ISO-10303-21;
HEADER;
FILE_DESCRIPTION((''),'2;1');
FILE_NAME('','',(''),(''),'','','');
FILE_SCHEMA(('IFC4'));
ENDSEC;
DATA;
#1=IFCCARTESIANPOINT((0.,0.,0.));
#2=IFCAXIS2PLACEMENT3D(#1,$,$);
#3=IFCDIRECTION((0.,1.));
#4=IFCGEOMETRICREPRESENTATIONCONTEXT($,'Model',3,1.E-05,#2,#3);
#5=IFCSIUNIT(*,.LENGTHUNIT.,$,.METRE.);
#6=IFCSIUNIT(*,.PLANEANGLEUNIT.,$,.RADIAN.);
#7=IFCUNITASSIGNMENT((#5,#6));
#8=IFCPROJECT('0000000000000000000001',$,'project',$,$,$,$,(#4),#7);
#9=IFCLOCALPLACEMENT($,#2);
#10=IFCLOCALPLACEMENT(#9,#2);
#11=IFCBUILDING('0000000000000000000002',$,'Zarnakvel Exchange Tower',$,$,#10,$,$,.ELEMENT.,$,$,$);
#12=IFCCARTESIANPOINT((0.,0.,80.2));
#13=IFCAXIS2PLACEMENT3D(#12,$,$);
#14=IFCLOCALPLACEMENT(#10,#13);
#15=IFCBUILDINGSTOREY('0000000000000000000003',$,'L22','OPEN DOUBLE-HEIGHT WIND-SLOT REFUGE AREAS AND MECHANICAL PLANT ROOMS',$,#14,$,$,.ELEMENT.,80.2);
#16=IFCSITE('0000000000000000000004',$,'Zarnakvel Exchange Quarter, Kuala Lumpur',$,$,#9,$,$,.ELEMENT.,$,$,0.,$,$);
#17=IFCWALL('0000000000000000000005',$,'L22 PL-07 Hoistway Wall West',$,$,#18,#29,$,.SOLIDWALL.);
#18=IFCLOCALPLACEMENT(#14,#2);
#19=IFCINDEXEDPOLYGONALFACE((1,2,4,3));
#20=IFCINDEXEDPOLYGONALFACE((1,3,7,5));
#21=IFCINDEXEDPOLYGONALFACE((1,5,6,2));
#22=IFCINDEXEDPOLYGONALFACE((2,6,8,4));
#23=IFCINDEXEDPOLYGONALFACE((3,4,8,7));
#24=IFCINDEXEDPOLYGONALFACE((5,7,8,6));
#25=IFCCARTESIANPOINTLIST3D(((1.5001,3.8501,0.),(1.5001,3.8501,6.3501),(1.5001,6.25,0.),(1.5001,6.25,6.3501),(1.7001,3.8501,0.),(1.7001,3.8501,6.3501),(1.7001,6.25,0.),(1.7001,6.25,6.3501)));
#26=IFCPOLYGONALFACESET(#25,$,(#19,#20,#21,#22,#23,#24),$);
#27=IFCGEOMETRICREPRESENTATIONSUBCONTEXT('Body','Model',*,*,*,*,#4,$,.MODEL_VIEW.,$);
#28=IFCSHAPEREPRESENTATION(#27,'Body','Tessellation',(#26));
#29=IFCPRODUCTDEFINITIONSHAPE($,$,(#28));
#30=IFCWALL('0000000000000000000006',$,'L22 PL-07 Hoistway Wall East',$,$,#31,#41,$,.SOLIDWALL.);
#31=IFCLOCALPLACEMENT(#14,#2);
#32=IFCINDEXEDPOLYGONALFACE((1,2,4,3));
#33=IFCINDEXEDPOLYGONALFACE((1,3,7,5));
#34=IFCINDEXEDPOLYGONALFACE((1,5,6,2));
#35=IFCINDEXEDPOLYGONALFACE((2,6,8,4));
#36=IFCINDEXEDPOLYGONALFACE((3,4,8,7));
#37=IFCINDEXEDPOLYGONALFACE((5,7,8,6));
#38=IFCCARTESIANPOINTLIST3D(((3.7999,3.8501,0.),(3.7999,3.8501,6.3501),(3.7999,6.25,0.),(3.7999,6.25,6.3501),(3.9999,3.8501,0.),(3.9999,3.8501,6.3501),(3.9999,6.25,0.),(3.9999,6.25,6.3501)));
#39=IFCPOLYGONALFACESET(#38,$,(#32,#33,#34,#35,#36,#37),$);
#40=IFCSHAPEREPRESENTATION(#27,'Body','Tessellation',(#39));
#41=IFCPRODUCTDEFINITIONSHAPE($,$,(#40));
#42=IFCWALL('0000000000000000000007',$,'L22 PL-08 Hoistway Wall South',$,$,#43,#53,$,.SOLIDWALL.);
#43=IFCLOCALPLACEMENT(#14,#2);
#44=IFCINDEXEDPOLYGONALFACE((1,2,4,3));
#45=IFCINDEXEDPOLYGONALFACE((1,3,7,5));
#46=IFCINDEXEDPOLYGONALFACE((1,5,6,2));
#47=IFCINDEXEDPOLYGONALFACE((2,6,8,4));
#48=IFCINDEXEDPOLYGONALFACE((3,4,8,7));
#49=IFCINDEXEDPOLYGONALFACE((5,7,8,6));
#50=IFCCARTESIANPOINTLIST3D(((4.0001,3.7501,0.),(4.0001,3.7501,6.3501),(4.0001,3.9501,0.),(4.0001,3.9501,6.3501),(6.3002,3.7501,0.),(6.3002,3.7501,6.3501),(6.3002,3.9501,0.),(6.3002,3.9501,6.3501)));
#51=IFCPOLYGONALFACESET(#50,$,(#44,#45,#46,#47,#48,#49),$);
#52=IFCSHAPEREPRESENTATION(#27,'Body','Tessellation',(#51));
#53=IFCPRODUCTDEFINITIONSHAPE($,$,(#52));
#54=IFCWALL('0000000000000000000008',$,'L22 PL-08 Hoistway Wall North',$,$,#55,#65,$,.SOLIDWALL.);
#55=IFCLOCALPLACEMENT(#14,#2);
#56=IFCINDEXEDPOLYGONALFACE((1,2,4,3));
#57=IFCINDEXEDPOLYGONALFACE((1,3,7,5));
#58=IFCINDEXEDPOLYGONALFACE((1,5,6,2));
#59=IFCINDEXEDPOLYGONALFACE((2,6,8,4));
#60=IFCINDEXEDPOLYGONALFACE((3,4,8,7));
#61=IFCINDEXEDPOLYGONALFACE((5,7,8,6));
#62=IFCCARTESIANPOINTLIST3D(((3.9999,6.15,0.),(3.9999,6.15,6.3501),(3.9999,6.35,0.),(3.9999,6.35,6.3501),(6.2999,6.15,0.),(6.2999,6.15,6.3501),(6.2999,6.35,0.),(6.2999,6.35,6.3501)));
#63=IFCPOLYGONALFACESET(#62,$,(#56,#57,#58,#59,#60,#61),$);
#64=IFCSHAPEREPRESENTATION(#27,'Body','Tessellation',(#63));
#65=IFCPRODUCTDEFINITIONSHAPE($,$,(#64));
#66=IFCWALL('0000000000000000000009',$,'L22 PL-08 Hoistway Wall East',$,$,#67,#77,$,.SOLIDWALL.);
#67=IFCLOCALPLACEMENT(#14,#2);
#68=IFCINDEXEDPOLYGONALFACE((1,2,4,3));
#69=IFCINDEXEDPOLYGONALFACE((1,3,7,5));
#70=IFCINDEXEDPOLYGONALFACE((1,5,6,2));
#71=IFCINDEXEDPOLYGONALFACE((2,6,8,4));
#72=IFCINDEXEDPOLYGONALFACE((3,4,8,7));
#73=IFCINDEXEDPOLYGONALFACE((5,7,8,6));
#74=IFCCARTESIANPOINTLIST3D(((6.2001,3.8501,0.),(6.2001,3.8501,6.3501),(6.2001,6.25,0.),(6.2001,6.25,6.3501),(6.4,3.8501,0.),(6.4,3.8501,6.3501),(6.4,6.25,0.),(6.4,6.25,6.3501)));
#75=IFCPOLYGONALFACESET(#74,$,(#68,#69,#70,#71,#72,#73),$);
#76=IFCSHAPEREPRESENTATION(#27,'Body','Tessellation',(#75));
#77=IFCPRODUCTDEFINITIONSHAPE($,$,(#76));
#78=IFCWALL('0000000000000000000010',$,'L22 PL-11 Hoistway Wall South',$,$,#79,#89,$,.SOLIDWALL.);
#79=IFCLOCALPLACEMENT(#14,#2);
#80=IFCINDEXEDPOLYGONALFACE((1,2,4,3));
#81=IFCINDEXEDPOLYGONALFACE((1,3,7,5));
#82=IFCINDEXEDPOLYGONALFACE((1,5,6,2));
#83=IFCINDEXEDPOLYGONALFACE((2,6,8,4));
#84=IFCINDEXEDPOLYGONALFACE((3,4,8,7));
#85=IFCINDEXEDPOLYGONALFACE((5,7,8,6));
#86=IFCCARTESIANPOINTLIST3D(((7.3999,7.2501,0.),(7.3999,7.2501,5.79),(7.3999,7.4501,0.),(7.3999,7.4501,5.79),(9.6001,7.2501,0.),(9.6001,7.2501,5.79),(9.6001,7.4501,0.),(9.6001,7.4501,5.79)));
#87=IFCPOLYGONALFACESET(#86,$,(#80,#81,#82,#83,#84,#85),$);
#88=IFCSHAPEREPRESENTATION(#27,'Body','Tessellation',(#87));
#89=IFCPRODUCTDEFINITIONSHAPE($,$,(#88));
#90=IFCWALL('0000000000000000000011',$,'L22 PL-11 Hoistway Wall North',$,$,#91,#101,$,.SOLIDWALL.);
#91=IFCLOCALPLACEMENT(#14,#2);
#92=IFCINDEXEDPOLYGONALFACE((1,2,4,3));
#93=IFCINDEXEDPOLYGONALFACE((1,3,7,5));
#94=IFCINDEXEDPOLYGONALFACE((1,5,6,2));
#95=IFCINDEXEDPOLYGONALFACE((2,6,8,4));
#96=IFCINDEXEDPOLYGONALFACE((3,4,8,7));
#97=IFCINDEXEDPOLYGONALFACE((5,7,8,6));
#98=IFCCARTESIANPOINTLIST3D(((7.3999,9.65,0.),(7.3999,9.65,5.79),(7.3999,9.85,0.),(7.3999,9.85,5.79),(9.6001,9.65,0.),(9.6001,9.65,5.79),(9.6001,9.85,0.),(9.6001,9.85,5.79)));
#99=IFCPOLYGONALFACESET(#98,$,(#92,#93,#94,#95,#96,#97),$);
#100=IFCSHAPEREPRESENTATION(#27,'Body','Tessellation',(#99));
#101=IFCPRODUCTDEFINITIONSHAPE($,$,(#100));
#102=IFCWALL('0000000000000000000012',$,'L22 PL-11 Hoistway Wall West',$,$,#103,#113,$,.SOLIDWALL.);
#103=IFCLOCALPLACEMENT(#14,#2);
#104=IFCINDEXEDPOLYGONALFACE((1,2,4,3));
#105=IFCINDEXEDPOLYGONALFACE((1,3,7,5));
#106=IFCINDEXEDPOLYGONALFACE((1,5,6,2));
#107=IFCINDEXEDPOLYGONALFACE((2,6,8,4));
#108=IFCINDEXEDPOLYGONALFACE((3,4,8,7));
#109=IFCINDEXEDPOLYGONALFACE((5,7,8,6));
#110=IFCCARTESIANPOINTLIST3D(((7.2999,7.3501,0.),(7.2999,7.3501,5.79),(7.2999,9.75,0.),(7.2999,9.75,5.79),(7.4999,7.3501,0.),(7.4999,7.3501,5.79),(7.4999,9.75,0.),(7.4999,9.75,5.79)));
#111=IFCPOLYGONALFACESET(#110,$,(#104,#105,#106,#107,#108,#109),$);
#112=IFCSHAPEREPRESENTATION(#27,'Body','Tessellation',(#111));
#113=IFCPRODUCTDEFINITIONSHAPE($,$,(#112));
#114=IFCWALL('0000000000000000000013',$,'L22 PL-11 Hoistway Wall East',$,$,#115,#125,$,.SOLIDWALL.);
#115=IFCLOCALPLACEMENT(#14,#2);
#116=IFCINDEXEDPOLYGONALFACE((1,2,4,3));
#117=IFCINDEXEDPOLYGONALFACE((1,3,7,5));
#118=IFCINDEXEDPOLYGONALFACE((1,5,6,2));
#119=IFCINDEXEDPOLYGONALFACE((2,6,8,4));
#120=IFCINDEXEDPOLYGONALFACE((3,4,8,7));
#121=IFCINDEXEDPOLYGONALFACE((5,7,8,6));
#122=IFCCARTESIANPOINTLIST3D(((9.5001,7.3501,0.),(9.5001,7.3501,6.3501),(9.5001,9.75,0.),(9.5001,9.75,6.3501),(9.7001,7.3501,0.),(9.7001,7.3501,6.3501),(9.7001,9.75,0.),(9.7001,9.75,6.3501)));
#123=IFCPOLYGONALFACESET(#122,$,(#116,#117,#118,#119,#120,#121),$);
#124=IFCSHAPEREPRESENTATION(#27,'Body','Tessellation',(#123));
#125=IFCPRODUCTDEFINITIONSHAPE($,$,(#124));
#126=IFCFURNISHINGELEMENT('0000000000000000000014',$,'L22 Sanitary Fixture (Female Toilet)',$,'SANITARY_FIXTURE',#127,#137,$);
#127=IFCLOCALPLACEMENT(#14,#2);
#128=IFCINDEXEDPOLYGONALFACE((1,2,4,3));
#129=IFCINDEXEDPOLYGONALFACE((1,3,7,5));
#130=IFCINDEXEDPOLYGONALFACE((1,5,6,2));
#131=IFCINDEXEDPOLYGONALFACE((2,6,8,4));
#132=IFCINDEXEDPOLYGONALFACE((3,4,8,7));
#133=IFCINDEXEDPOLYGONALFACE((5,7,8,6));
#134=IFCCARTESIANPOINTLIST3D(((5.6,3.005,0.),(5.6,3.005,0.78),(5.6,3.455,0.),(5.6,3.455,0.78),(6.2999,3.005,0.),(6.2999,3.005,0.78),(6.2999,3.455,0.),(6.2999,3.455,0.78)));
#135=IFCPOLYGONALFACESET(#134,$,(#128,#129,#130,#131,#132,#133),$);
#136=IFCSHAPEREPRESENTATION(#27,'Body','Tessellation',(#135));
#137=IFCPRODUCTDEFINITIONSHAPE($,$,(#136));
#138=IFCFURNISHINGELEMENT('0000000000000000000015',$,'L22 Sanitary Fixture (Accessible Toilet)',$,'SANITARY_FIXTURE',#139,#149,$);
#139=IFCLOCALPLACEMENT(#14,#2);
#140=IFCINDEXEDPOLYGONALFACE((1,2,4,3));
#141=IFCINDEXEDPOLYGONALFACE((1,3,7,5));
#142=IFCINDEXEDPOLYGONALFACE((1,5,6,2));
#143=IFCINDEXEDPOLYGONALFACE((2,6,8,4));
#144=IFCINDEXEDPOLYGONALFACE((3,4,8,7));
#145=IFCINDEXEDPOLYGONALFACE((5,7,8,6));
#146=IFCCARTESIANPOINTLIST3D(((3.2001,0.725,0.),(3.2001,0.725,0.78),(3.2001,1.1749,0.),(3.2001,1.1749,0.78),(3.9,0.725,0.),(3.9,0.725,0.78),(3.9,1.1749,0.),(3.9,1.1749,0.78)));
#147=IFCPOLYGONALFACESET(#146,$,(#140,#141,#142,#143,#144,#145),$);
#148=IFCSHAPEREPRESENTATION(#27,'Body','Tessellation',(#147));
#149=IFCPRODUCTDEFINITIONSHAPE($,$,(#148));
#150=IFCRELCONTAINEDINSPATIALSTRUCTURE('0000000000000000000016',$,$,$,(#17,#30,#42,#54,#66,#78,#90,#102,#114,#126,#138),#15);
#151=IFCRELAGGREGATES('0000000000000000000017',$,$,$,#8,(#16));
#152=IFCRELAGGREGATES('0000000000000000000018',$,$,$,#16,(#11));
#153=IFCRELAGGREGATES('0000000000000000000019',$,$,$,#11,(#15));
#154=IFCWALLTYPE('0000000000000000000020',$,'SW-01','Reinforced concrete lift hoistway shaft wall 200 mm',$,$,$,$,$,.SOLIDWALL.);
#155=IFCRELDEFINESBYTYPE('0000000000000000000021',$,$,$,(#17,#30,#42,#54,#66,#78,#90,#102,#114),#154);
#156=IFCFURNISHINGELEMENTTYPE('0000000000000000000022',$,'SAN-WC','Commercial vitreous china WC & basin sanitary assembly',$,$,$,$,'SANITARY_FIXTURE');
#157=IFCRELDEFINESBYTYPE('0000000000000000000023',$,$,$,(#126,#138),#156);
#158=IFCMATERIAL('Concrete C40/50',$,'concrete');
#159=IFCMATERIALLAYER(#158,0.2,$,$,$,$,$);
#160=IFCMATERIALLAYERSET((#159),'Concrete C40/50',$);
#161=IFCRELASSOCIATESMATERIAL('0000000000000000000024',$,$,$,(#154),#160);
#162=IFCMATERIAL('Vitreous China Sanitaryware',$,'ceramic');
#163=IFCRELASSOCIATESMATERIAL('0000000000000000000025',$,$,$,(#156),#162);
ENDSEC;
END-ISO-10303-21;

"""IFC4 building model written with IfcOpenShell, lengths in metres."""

from ifc_helpers import new_model, si_unit, direction, frame, frame_2d, origin, origin_2d, place, context, subcontext, project, spatial, rectangle, extrude, source, transform, mapped, material, layer, layer_set, type_object, element, save


model = new_model("IFC4")

# Units and contexts
model_context = context("Model", 3, precision=1e-05, world=origin(), true_north=direction((0.0, 1.0)))
body_context = subcontext(model_context, "Body", "Model", "MODEL_VIEW")
ifc_project = project(units=[si_unit("LENGTHUNIT", "METRE"), si_unit("PLANEANGLEUNIT", "RADIAN")], contexts=[model_context])

# Site, building, storey
site_placement = place(None, origin())
site = spatial("IfcSite", under=ifc_project, at=site_placement, Name="Zarnakvel Exchange Quarter, Kuala Lumpur", CompositionType="ELEMENT", RefElevation=0.0)
building_placement = place(site_placement, origin())
building = spatial("IfcBuilding", under=site, at=building_placement, Name="Zarnakvel Exchange Tower", CompositionType="ELEMENT")
storey_placement = place(building_placement, frame((0.0, 0.0, 80.2)))
storey = spatial("IfcBuildingStorey", under=building, at=storey_placement, Name="L22", Description="OPEN DOUBLE-HEIGHT WIND-SLOT REFUGE AREAS AND MECHANICAL PLANT ROOMS", CompositionType="ELEMENT", Elevation=80.2)

# Shared definitions
ifc_material_1 = material(Name="Concrete C40/50", Category="concrete")

# Walls
ifc_layer_1 = layer(ifc_material_1, 0.2)
ifc_layer_set_1 = layer_set([ifc_layer_1], Name="Concrete C40/50")
wall_type_1 = type_object("IfcWallType", Name="SW-01", Description="Reinforced concrete lift hoistway shaft wall 200 mm", PredefinedType="SOLIDWALL", material=ifc_layer_set_1)
for number, where, z_axis, x_axis, name in (
    (1, (1.6001, 3.8501, 0.0), (0.0, 0.0, 1.0), (0.0, 1.0, 0.0), "L22 PL-07 Hoistway Wall West"),
    (2, (3.8999, 6.25, 0.0), (0.0, 0.0, 1.0), (0.0, -1.0, 0.0), "L22 PL-07 Hoistway Wall East"),
):
    element("IfcWall", number, at=place(storey_placement, frame(where, z_axis=z_axis, x_axis=x_axis)), inside=storey, type_object=wall_type_1, Name=name, PredefinedType="SOLIDWALL", context=body_context, shape_type="SweptSolid", body=[
        extrude(rectangle(XDim=2.3999, YDim=0.2, at=frame_2d((1.2, 0.0))), origin(), (0.0, 0.0, 1.0), 6.3501),
    ])
for number, where, z_axis, x_axis, name in (
    (3, (6.3, 3.8501, 0.0), (0.0, 0.0, 1.0), (-1.0, 0.0, 0.0), "L22 PL-08 Hoistway Wall South"),
    (4, (4.0, 6.25, 0.0), (0.0, 0.0, 1.0), (1.0, 0.0, 0.0), "L22 PL-08 Hoistway Wall North"),
):
    element("IfcWall", number, at=place(storey_placement, frame(where, z_axis=z_axis, x_axis=x_axis)), inside=storey, type_object=wall_type_1, Name=name, PredefinedType="SOLIDWALL", context=body_context, shape_type="SweptSolid", body=[
        extrude(rectangle(XDim=2.3, YDim=0.2, at=frame_2d((1.1499, 0.0))), origin(), (0.0, 0.0, 1.0), 6.3501),
    ])
wall_1_placement = place(storey_placement, frame((6.3, 6.25, 0.0), z_axis=(0.0, 0.0, 1.0), x_axis=(0.0, -1.0, 0.0)))
element("IfcWall", 5, at=wall_1_placement, inside=storey, type_object=wall_type_1, Name="L22 PL-08 Hoistway Wall East", PredefinedType="SOLIDWALL", context=body_context, shape_type="SweptSolid", body=[
    extrude(rectangle(XDim=2.3999, YDim=0.2, at=frame_2d((1.2, 0.0))), origin(), (0.0, 0.0, 1.0), 6.3501),
])
for number, where, z_axis, x_axis, name in (
    (6, (9.6001, 7.3501, 0.0), (0.0, 0.0, 1.0), (-1.0, 0.0, 0.0), "L22 PL-11 Hoistway Wall South"),
    (7, (7.3999, 9.75, 0.0), (0.0, 0.0, 1.0), (1.0, 0.0, 0.0), "L22 PL-11 Hoistway Wall North"),
):
    element("IfcWall", number, at=place(storey_placement, frame(where, z_axis=z_axis, x_axis=x_axis)), inside=storey, type_object=wall_type_1, Name=name, PredefinedType="SOLIDWALL", context=body_context, shape_type="SweptSolid", body=[
        extrude(rectangle(XDim=2.2002, YDim=0.2, at=frame_2d((1.1001, 0.0))), origin(), (0.0, 0.0, 1.0), 5.79),
    ])
wall_2_placement = place(storey_placement, frame((7.3999, 7.3501, 0.0), z_axis=(0.0, 0.0, 1.0), x_axis=(0.0, 1.0, 0.0)))
element("IfcWall", 8, at=wall_2_placement, inside=storey, type_object=wall_type_1, Name="L22 PL-11 Hoistway Wall West", PredefinedType="SOLIDWALL", context=body_context, shape_type="SweptSolid", body=[
    extrude(rectangle(XDim=2.3999, YDim=0.2, at=frame_2d((1.2, 0.0))), origin(), (0.0, 0.0, 1.0), 5.79),
])
wall_3_placement = place(storey_placement, frame((9.6001, 9.75, 0.0), z_axis=(0.0, 0.0, 1.0), x_axis=(0.0, -1.0, 0.0)))
element("IfcWall", 9, at=wall_3_placement, inside=storey, type_object=wall_type_1, Name="L22 PL-11 Hoistway Wall East", PredefinedType="SOLIDWALL", context=body_context, shape_type="SweptSolid", body=[
    extrude(rectangle(XDim=2.3999, YDim=0.2, at=frame_2d((1.2, 0.0))), origin(), (0.0, 0.0, 1.0), 6.3501),
])

# Furnishing elements
ifc_material_2 = material(Name="Vitreous China Sanitaryware", Category="ceramic")
furnishing_element_type = type_object("IfcFurnishingElementType", Name="SAN-WC", Description="Commercial vitreous china WC & basin sanitary assembly", ElementType="SANITARY_FIXTURE", material=ifc_material_2)
shared_shape_1 = source(origin(), body_context, "Body", "SweptSolid", [
    extrude(rectangle(XDim=0.7, YDim=0.45, at=origin_2d()), origin(), (0.0, 0.0, 1.0), 0.78),
])
for number, where, z_axis, x_axis, name in (
    (10, (5.95, 3.23, 0.0), (0.0, 0.0, 1.0), (1.0, 0.0, 0.0), "L22 Sanitary Fixture (Female Toilet)"),
    (11, (3.55, 0.95, 0.0), (0.0, 0.0, 1.0), (1.0, 0.0, 0.0), "L22 Sanitary Fixture (Accessible Toilet)"),
):
    element("IfcFurnishingElement", number, at=place(storey_placement, frame(where, z_axis=z_axis, x_axis=x_axis)), inside=storey, type_object=furnishing_element_type, Name=name, ObjectType="SANITARY_FIXTURE", context=body_context, shape_type="MappedRepresentation", body=[
        mapped(shared_shape_1, transform((0.0, 0.0, 0.0), x_axis=(1.0, 0.0, 0.0), y_axis=(0.0, 1.0, 0.0), z_axis=(0.0, 0.0, 1.0), scale=1.0)),
    ])

save(model, "model.ifc")
